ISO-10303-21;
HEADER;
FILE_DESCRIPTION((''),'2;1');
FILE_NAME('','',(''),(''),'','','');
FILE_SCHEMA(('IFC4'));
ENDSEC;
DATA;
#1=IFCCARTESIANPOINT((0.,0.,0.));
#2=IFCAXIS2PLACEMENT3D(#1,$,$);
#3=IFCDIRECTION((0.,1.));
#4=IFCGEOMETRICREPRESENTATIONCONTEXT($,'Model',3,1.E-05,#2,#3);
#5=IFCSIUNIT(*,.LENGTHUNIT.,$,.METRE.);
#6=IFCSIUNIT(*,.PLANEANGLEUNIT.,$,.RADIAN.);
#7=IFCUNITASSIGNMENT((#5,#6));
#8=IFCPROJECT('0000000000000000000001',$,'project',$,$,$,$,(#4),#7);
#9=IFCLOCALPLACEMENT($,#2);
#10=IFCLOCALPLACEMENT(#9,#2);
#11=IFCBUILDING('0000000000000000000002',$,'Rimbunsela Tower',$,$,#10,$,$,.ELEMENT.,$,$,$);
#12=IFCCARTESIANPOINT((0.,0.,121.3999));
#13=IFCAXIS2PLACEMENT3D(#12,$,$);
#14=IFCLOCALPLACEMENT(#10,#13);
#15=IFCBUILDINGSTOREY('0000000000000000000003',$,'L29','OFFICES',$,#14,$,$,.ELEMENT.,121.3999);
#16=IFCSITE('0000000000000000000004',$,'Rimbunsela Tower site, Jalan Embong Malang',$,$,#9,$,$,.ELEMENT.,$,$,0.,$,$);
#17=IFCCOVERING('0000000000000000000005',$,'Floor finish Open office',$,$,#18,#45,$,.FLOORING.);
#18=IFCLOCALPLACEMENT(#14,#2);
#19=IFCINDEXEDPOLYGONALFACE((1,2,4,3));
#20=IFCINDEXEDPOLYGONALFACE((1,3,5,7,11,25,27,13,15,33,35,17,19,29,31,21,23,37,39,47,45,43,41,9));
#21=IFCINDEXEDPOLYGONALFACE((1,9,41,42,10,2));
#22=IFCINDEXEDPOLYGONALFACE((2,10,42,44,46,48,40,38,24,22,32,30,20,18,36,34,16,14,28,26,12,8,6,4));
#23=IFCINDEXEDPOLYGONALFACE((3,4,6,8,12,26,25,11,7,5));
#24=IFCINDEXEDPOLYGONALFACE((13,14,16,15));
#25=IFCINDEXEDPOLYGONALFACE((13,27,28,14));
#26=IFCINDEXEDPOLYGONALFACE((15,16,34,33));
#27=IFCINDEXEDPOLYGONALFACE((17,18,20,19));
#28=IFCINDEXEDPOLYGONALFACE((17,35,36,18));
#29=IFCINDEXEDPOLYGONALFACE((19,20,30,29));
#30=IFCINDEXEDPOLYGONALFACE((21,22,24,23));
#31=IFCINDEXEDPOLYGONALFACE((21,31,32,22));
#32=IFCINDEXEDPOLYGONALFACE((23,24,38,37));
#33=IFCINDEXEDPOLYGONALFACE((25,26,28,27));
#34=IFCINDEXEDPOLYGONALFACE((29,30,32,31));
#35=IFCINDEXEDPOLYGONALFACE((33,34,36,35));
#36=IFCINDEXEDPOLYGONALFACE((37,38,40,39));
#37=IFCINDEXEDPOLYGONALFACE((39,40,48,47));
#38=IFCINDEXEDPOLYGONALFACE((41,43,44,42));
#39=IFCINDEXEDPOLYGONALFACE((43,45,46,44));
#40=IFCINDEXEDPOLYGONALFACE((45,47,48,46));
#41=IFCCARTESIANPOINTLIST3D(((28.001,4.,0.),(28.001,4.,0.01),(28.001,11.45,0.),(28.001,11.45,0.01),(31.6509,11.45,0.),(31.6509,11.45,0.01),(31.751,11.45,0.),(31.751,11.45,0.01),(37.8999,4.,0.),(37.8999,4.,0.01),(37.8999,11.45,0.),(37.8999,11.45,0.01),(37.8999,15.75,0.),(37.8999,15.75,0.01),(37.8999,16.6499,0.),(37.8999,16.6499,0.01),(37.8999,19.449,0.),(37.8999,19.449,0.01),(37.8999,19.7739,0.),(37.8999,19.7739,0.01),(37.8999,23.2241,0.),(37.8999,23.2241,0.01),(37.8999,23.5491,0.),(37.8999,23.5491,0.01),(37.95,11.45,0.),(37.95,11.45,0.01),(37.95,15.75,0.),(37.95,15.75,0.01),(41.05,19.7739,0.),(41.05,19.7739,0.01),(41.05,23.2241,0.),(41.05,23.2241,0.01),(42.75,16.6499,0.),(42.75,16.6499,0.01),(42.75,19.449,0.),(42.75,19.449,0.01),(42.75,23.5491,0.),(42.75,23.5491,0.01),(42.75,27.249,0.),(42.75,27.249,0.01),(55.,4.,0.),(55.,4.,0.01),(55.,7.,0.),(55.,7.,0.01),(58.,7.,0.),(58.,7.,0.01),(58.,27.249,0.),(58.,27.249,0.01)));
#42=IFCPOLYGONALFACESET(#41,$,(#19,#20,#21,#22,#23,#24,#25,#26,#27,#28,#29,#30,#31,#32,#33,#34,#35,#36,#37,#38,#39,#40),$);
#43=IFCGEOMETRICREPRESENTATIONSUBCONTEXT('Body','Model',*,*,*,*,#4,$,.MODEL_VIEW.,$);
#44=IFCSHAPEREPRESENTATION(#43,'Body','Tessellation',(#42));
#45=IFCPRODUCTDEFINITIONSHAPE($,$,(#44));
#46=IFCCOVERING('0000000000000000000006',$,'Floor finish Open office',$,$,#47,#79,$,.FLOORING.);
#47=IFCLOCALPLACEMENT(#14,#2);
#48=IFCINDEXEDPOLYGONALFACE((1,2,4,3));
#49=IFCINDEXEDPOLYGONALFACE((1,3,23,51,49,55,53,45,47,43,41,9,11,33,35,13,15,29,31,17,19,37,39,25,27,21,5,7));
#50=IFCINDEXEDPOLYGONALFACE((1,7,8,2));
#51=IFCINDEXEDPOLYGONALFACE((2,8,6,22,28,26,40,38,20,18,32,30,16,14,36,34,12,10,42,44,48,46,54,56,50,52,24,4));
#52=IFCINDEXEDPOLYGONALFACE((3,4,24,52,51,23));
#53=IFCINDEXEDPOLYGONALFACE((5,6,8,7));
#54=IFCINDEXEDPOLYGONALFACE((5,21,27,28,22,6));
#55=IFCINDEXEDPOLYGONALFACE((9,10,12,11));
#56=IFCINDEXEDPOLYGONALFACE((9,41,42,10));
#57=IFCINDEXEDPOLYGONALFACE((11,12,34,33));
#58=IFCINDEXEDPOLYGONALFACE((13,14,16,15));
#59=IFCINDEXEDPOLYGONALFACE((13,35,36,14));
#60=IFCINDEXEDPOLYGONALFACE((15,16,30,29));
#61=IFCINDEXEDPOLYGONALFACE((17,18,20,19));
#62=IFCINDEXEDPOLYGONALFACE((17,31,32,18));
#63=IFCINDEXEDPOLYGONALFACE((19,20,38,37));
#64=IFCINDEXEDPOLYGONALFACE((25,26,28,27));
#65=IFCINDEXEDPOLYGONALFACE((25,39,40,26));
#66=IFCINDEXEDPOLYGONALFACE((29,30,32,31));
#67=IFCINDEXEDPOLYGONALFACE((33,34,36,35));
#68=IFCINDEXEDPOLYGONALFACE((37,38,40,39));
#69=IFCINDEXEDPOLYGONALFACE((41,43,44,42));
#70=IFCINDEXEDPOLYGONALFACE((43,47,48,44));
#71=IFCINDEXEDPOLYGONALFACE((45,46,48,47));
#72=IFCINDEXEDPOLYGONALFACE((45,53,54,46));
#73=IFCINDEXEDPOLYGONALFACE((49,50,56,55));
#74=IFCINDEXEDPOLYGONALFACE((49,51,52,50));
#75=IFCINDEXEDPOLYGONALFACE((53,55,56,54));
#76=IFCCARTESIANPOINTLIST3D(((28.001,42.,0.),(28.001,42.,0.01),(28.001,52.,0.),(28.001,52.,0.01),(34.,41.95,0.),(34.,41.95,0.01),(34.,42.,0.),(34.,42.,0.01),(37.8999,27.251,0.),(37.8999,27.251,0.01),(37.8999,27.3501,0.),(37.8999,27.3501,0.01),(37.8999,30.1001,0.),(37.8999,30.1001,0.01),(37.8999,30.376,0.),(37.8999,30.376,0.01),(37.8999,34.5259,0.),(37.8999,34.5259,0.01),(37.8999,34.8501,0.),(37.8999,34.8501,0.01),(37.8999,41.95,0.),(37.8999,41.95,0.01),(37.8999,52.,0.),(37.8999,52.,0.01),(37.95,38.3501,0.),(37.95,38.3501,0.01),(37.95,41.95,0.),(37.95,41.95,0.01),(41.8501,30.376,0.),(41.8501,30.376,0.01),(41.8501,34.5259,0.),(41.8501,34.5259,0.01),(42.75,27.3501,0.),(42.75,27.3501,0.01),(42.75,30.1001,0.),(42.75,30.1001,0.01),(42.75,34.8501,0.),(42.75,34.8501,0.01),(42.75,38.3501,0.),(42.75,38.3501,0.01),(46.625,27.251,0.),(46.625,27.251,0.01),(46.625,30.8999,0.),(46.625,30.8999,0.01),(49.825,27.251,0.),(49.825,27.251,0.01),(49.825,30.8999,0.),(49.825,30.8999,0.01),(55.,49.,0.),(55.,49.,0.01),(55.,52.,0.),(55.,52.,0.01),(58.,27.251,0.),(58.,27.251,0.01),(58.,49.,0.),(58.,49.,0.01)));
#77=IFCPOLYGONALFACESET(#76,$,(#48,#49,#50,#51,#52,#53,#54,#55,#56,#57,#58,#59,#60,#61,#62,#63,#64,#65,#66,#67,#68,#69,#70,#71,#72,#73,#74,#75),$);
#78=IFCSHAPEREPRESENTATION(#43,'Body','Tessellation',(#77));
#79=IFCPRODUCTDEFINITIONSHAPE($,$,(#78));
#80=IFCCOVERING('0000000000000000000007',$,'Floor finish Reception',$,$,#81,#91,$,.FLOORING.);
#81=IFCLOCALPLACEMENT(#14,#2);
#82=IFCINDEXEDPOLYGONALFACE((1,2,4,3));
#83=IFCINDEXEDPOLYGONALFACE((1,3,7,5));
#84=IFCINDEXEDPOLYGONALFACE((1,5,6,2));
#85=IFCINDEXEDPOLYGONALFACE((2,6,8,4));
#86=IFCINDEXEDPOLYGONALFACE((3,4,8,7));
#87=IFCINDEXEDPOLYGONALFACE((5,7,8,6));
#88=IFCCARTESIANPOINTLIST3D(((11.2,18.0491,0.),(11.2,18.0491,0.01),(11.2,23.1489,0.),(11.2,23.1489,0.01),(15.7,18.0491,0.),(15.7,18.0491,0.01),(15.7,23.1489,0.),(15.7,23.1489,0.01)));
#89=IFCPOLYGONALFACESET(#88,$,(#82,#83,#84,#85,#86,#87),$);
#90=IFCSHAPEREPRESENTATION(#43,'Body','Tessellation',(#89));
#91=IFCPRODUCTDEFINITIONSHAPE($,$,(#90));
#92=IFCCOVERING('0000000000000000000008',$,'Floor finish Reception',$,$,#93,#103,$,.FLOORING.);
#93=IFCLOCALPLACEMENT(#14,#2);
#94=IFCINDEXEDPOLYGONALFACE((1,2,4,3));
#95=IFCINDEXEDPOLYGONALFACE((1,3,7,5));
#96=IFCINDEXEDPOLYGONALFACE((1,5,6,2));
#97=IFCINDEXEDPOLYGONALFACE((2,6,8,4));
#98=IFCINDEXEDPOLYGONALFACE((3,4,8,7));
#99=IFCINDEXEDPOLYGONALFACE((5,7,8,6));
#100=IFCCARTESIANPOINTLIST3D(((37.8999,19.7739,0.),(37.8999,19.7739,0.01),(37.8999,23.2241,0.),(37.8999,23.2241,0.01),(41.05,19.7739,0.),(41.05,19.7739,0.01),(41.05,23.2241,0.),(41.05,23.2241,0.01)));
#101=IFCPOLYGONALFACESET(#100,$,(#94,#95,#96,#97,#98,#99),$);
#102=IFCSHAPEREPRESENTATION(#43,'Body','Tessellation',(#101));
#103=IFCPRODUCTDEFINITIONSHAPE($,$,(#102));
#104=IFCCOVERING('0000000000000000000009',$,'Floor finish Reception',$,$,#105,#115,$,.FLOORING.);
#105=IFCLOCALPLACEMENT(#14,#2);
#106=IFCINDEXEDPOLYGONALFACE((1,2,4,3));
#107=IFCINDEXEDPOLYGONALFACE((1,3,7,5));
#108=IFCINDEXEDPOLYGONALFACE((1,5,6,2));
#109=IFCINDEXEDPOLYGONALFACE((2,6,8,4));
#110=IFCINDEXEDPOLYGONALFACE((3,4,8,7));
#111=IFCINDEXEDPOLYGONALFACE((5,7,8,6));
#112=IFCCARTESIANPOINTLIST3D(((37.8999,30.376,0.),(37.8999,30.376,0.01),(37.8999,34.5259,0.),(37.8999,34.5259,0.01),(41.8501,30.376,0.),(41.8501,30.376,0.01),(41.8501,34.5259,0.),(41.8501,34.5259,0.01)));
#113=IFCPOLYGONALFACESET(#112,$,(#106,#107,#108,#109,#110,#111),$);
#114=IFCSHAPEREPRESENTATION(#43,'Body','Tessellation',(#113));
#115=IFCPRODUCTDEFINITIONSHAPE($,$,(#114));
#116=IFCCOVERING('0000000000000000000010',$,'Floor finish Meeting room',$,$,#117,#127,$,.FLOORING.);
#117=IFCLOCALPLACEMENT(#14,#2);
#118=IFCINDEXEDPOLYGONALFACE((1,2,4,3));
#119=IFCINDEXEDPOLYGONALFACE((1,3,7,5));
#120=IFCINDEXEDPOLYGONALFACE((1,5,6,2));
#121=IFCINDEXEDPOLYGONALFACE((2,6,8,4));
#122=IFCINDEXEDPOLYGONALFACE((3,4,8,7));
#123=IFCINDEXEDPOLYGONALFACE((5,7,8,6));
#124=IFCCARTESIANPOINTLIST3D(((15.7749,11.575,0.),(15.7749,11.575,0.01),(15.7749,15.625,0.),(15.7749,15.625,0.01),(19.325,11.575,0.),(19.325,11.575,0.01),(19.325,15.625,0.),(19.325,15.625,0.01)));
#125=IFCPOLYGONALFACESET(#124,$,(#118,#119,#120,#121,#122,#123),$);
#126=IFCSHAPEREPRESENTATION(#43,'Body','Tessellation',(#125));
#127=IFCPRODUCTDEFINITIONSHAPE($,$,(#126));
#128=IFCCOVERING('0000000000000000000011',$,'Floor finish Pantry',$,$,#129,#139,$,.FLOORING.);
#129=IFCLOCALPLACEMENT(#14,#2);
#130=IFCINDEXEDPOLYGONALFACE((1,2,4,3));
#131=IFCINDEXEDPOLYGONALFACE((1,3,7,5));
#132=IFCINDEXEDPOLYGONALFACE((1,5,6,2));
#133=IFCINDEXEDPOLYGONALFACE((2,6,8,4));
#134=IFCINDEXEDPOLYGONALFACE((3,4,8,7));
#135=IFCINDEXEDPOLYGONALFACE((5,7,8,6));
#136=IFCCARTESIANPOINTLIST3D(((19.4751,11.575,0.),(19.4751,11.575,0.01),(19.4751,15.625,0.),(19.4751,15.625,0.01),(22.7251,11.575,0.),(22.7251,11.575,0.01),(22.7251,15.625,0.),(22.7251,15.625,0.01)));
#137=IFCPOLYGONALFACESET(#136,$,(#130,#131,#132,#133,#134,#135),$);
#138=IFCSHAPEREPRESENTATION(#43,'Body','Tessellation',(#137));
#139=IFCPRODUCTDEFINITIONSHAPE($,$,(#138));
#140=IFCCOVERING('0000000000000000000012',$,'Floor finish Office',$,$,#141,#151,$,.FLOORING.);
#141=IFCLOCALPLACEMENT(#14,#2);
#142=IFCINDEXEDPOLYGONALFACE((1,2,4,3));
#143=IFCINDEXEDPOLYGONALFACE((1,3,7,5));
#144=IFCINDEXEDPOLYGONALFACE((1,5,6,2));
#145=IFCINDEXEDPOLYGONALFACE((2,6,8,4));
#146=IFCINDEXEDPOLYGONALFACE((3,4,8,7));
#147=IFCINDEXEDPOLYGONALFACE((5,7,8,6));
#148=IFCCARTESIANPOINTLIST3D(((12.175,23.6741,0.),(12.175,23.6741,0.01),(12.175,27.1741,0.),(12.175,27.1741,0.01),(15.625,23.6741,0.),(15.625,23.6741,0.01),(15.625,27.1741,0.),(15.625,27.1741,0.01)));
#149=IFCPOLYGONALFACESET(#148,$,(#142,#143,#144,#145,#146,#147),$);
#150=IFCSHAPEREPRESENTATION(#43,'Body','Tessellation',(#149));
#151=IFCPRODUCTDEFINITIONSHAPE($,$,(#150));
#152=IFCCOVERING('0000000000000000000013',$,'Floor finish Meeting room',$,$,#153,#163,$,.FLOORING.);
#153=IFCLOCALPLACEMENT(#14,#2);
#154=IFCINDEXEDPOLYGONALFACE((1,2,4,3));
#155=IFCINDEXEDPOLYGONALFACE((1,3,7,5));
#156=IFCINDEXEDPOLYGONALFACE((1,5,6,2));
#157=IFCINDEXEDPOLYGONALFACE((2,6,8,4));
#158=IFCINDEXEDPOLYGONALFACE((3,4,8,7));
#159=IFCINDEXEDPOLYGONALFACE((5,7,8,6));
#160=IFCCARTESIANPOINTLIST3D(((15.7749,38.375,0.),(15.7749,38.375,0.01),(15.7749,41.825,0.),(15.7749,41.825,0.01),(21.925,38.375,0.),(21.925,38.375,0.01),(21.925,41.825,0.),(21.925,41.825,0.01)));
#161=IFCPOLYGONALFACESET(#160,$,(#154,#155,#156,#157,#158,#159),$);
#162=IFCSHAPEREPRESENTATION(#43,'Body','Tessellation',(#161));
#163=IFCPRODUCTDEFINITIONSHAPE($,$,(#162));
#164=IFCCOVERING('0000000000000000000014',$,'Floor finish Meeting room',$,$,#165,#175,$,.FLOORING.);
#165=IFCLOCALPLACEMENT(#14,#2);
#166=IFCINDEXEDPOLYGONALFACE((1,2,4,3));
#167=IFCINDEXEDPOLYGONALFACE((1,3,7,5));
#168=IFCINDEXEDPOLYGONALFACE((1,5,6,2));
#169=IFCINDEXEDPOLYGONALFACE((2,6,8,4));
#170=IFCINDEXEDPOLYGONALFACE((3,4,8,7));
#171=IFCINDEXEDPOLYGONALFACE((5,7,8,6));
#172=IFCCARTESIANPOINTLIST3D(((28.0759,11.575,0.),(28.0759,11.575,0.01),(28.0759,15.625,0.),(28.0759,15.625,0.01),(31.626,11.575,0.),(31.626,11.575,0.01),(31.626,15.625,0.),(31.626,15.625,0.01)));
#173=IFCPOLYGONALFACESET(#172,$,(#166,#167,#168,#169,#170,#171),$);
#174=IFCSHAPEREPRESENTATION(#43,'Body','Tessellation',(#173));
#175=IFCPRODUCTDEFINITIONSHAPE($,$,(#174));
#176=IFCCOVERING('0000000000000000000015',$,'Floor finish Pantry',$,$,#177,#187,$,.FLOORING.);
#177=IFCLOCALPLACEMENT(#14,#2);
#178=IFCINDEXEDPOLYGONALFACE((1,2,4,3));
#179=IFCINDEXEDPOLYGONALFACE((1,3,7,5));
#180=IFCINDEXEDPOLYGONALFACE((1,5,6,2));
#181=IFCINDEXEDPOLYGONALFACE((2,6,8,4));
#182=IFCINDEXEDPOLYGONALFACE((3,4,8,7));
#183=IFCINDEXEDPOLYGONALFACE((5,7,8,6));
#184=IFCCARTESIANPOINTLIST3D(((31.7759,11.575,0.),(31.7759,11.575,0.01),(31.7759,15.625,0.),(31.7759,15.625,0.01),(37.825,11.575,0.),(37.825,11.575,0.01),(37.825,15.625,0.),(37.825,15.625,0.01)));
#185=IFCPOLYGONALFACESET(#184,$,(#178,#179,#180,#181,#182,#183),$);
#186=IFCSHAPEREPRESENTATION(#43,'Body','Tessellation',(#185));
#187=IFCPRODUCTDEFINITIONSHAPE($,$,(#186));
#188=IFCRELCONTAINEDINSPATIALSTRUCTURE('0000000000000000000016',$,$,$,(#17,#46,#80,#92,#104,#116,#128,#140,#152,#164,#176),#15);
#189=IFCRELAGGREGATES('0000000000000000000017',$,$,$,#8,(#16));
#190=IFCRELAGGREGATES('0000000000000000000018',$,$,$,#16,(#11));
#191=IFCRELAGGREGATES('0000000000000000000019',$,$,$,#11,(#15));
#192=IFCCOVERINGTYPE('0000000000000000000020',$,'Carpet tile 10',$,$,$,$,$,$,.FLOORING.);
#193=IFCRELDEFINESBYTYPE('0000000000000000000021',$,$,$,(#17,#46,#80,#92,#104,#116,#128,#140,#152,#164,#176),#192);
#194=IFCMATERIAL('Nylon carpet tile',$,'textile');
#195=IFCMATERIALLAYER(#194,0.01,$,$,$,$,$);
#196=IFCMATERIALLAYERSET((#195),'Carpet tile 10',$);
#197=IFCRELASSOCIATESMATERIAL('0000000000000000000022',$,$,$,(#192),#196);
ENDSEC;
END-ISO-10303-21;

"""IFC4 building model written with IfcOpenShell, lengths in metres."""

from ifc_helpers import new_model, si_unit, direction, frame, origin, place, context, subcontext, project, spatial, polyline, outline, extrude, material, layer, layer_set, type_object, element, save


model = new_model("IFC4")

# Units and contexts
model_context = context("Model", 3, precision=1e-05, world=origin(), true_north=direction((0.0, 1.0)))
body_context = subcontext(model_context, "Body", "Model", "MODEL_VIEW")
ifc_project = project(units=[si_unit("LENGTHUNIT", "METRE"), si_unit("PLANEANGLEUNIT", "RADIAN")], contexts=[model_context])

# Site, building, storey
site_placement = place(None, origin())
site = spatial("IfcSite", under=ifc_project, at=site_placement, Name="Rimbunsela Tower site, Jalan Embong Malang", CompositionType="ELEMENT", RefElevation=0.0)
building_placement = place(site_placement, origin())
building = spatial("IfcBuilding", under=site, at=building_placement, Name="Rimbunsela Tower", CompositionType="ELEMENT")
storey_placement = place(building_placement, frame((0.0, 0.0, 121.3999)))
storey = spatial("IfcBuildingStorey", under=building, at=storey_placement, Name="L29", Description="OFFICES", CompositionType="ELEMENT", Elevation=121.3999)

# Coverings
ifc_material_1 = material(Name="Nylon carpet tile", Category="textile")
ifc_layer_1 = layer(ifc_material_1, 0.01)
ifc_layer_set_1 = layer_set([ifc_layer_1], Name="Carpet tile 10")
covering_type_1 = type_object("IfcCoveringType", Name="Carpet tile 10", PredefinedType="FLOORING", material=ifc_layer_set_1)
covering_1_placement = place(storey_placement, origin())
element("IfcCovering", 1, at=covering_1_placement, inside=storey, type_object=covering_type_1, Name="Floor finish Open office", PredefinedType="FLOORING", context=body_context, shape_type="SweptSolid", body=[
    extrude(outline(polyline([(28.001, 11.45), (31.6509, 11.45), (31.751, 11.45), (37.8999, 11.45), (37.95, 11.45), (37.95, 15.75), (37.8999, 15.75), (37.8999, 16.6499), (42.75, 16.6499), (42.75, 19.449), (37.8999, 19.449), (37.8999, 19.7739), (41.05, 19.7739), (41.05, 23.2241), (37.8999, 23.2241), (37.8999, 23.5491), (42.75, 23.5491), (42.75, 27.249), (58.0, 27.249), (58.0, 7.0), (55.0, 7.0), (55.0, 4.0), (37.8999, 4.0), (28.001, 4.0), (28.001, 11.45)])), origin(), (0.0, 0.0, 1.0), 0.01),
])
covering_2_placement = place(storey_placement, origin())
element("IfcCovering", 2, at=covering_2_placement, inside=storey, type_object=covering_type_1, Name="Floor finish Open office", PredefinedType="FLOORING", context=body_context, shape_type="SweptSolid", body=[
    extrude(outline(polyline([(49.825, 27.251), (49.825, 30.8999), (46.625, 30.8999), (46.625, 27.251), (37.8999, 27.251), (37.8999, 27.3501), (42.75, 27.3501), (42.75, 30.1001), (37.8999, 30.1001), (37.8999, 30.376), (41.8501, 30.376), (41.8501, 34.5259), (37.8999, 34.5259), (37.8999, 34.8501), (42.75, 34.8501), (42.75, 38.3501), (37.95, 38.3501), (37.95, 41.95), (37.8999, 41.95), (34.0, 41.95), (34.0, 42.0), (28.001, 42.0), (28.001, 52.0), (37.8999, 52.0), (55.0, 52.0), (55.0, 49.0), (58.0, 49.0), (58.0, 27.251), (49.825, 27.251)])), origin(), (0.0, 0.0, 1.0), 0.01),
])
covering_3_placement = place(storey_placement, origin())
element("IfcCovering", 3, at=covering_3_placement, inside=storey, type_object=covering_type_1, Name="Floor finish Reception", PredefinedType="FLOORING", context=body_context, shape_type="SweptSolid", body=[
    extrude(outline(polyline([(15.7, 18.0491), (15.7, 23.1489), (11.2, 23.1489), (11.2, 18.0491), (15.7, 18.0491)])), origin(), (0.0, 0.0, 1.0), 0.01),
])
covering_4_placement = place(storey_placement, origin())
element("IfcCovering", 4, at=covering_4_placement, inside=storey, type_object=covering_type_1, Name="Floor finish Reception", PredefinedType="FLOORING", context=body_context, shape_type="SweptSolid", body=[
    extrude(outline(polyline([(41.05, 19.7739), (41.05, 23.2241), (37.8999, 23.2241), (37.8999, 19.7739), (41.05, 19.7739)])), origin(), (0.0, 0.0, 1.0), 0.01),
])
covering_5_placement = place(storey_placement, origin())
element("IfcCovering", 5, at=covering_5_placement, inside=storey, type_object=covering_type_1, Name="Floor finish Reception", PredefinedType="FLOORING", context=body_context, shape_type="SweptSolid", body=[
    extrude(outline(polyline([(41.8501, 30.376), (41.8501, 34.5259), (37.8999, 34.5259), (37.8999, 30.376), (41.8501, 30.376)])), origin(), (0.0, 0.0, 1.0), 0.01),
])
covering_6_placement = place(storey_placement, origin())
element("IfcCovering", 6, at=covering_6_placement, inside=storey, type_object=covering_type_1, Name="Floor finish Meeting room", PredefinedType="FLOORING", context=body_context, shape_type="SweptSolid", body=[
    extrude(outline(polyline([(19.325, 11.575), (19.325, 15.625), (15.7749, 15.625), (15.7749, 11.575), (19.325, 11.575)])), origin(), (0.0, 0.0, 1.0), 0.01),
])
covering_7_placement = place(storey_placement, origin())
element("IfcCovering", 7, at=covering_7_placement, inside=storey, type_object=covering_type_1, Name="Floor finish Pantry", PredefinedType="FLOORING", context=body_context, shape_type="SweptSolid", body=[
    extrude(outline(polyline([(22.7251, 11.575), (22.7251, 15.625), (19.4751, 15.625), (19.4751, 11.575), (22.7251, 11.575)])), origin(), (0.0, 0.0, 1.0), 0.01),
])
covering_8_placement = place(storey_placement, origin())
element("IfcCovering", 8, at=covering_8_placement, inside=storey, type_object=covering_type_1, Name="Floor finish Office", PredefinedType="FLOORING", context=body_context, shape_type="SweptSolid", body=[
    extrude(outline(polyline([(15.625, 23.6741), (15.625, 27.1741), (12.175, 27.1741), (12.175, 23.6741), (15.625, 23.6741)])), origin(), (0.0, 0.0, 1.0), 0.01),
])
covering_9_placement = place(storey_placement, origin())
element("IfcCovering", 9, at=covering_9_placement, inside=storey, type_object=covering_type_1, Name="Floor finish Meeting room", PredefinedType="FLOORING", context=body_context, shape_type="SweptSolid", body=[
    extrude(outline(polyline([(21.925, 38.375), (21.925, 41.825), (15.7749, 41.825), (15.7749, 38.375), (21.925, 38.375)])), origin(), (0.0, 0.0, 1.0), 0.01),
])
covering_10_placement = place(storey_placement, origin())
element("IfcCovering", 10, at=covering_10_placement, inside=storey, type_object=covering_type_1, Name="Floor finish Meeting room", PredefinedType="FLOORING", context=body_context, shape_type="SweptSolid", body=[
    extrude(outline(polyline([(31.626, 11.575), (31.626, 15.625), (28.0759, 15.625), (28.0759, 11.575), (31.626, 11.575)])), origin(), (0.0, 0.0, 1.0), 0.01),
])
covering_11_placement = place(storey_placement, origin())
element("IfcCovering", 11, at=covering_11_placement, inside=storey, type_object=covering_type_1, Name="Floor finish Pantry", PredefinedType="FLOORING", context=body_context, shape_type="SweptSolid", body=[
    extrude(outline(polyline([(37.825, 11.575), (37.825, 15.625), (31.7759, 15.625), (31.7759, 11.575), (37.825, 11.575)])), origin(), (0.0, 0.0, 1.0), 0.01),
])

save(model, "model.ifc")
